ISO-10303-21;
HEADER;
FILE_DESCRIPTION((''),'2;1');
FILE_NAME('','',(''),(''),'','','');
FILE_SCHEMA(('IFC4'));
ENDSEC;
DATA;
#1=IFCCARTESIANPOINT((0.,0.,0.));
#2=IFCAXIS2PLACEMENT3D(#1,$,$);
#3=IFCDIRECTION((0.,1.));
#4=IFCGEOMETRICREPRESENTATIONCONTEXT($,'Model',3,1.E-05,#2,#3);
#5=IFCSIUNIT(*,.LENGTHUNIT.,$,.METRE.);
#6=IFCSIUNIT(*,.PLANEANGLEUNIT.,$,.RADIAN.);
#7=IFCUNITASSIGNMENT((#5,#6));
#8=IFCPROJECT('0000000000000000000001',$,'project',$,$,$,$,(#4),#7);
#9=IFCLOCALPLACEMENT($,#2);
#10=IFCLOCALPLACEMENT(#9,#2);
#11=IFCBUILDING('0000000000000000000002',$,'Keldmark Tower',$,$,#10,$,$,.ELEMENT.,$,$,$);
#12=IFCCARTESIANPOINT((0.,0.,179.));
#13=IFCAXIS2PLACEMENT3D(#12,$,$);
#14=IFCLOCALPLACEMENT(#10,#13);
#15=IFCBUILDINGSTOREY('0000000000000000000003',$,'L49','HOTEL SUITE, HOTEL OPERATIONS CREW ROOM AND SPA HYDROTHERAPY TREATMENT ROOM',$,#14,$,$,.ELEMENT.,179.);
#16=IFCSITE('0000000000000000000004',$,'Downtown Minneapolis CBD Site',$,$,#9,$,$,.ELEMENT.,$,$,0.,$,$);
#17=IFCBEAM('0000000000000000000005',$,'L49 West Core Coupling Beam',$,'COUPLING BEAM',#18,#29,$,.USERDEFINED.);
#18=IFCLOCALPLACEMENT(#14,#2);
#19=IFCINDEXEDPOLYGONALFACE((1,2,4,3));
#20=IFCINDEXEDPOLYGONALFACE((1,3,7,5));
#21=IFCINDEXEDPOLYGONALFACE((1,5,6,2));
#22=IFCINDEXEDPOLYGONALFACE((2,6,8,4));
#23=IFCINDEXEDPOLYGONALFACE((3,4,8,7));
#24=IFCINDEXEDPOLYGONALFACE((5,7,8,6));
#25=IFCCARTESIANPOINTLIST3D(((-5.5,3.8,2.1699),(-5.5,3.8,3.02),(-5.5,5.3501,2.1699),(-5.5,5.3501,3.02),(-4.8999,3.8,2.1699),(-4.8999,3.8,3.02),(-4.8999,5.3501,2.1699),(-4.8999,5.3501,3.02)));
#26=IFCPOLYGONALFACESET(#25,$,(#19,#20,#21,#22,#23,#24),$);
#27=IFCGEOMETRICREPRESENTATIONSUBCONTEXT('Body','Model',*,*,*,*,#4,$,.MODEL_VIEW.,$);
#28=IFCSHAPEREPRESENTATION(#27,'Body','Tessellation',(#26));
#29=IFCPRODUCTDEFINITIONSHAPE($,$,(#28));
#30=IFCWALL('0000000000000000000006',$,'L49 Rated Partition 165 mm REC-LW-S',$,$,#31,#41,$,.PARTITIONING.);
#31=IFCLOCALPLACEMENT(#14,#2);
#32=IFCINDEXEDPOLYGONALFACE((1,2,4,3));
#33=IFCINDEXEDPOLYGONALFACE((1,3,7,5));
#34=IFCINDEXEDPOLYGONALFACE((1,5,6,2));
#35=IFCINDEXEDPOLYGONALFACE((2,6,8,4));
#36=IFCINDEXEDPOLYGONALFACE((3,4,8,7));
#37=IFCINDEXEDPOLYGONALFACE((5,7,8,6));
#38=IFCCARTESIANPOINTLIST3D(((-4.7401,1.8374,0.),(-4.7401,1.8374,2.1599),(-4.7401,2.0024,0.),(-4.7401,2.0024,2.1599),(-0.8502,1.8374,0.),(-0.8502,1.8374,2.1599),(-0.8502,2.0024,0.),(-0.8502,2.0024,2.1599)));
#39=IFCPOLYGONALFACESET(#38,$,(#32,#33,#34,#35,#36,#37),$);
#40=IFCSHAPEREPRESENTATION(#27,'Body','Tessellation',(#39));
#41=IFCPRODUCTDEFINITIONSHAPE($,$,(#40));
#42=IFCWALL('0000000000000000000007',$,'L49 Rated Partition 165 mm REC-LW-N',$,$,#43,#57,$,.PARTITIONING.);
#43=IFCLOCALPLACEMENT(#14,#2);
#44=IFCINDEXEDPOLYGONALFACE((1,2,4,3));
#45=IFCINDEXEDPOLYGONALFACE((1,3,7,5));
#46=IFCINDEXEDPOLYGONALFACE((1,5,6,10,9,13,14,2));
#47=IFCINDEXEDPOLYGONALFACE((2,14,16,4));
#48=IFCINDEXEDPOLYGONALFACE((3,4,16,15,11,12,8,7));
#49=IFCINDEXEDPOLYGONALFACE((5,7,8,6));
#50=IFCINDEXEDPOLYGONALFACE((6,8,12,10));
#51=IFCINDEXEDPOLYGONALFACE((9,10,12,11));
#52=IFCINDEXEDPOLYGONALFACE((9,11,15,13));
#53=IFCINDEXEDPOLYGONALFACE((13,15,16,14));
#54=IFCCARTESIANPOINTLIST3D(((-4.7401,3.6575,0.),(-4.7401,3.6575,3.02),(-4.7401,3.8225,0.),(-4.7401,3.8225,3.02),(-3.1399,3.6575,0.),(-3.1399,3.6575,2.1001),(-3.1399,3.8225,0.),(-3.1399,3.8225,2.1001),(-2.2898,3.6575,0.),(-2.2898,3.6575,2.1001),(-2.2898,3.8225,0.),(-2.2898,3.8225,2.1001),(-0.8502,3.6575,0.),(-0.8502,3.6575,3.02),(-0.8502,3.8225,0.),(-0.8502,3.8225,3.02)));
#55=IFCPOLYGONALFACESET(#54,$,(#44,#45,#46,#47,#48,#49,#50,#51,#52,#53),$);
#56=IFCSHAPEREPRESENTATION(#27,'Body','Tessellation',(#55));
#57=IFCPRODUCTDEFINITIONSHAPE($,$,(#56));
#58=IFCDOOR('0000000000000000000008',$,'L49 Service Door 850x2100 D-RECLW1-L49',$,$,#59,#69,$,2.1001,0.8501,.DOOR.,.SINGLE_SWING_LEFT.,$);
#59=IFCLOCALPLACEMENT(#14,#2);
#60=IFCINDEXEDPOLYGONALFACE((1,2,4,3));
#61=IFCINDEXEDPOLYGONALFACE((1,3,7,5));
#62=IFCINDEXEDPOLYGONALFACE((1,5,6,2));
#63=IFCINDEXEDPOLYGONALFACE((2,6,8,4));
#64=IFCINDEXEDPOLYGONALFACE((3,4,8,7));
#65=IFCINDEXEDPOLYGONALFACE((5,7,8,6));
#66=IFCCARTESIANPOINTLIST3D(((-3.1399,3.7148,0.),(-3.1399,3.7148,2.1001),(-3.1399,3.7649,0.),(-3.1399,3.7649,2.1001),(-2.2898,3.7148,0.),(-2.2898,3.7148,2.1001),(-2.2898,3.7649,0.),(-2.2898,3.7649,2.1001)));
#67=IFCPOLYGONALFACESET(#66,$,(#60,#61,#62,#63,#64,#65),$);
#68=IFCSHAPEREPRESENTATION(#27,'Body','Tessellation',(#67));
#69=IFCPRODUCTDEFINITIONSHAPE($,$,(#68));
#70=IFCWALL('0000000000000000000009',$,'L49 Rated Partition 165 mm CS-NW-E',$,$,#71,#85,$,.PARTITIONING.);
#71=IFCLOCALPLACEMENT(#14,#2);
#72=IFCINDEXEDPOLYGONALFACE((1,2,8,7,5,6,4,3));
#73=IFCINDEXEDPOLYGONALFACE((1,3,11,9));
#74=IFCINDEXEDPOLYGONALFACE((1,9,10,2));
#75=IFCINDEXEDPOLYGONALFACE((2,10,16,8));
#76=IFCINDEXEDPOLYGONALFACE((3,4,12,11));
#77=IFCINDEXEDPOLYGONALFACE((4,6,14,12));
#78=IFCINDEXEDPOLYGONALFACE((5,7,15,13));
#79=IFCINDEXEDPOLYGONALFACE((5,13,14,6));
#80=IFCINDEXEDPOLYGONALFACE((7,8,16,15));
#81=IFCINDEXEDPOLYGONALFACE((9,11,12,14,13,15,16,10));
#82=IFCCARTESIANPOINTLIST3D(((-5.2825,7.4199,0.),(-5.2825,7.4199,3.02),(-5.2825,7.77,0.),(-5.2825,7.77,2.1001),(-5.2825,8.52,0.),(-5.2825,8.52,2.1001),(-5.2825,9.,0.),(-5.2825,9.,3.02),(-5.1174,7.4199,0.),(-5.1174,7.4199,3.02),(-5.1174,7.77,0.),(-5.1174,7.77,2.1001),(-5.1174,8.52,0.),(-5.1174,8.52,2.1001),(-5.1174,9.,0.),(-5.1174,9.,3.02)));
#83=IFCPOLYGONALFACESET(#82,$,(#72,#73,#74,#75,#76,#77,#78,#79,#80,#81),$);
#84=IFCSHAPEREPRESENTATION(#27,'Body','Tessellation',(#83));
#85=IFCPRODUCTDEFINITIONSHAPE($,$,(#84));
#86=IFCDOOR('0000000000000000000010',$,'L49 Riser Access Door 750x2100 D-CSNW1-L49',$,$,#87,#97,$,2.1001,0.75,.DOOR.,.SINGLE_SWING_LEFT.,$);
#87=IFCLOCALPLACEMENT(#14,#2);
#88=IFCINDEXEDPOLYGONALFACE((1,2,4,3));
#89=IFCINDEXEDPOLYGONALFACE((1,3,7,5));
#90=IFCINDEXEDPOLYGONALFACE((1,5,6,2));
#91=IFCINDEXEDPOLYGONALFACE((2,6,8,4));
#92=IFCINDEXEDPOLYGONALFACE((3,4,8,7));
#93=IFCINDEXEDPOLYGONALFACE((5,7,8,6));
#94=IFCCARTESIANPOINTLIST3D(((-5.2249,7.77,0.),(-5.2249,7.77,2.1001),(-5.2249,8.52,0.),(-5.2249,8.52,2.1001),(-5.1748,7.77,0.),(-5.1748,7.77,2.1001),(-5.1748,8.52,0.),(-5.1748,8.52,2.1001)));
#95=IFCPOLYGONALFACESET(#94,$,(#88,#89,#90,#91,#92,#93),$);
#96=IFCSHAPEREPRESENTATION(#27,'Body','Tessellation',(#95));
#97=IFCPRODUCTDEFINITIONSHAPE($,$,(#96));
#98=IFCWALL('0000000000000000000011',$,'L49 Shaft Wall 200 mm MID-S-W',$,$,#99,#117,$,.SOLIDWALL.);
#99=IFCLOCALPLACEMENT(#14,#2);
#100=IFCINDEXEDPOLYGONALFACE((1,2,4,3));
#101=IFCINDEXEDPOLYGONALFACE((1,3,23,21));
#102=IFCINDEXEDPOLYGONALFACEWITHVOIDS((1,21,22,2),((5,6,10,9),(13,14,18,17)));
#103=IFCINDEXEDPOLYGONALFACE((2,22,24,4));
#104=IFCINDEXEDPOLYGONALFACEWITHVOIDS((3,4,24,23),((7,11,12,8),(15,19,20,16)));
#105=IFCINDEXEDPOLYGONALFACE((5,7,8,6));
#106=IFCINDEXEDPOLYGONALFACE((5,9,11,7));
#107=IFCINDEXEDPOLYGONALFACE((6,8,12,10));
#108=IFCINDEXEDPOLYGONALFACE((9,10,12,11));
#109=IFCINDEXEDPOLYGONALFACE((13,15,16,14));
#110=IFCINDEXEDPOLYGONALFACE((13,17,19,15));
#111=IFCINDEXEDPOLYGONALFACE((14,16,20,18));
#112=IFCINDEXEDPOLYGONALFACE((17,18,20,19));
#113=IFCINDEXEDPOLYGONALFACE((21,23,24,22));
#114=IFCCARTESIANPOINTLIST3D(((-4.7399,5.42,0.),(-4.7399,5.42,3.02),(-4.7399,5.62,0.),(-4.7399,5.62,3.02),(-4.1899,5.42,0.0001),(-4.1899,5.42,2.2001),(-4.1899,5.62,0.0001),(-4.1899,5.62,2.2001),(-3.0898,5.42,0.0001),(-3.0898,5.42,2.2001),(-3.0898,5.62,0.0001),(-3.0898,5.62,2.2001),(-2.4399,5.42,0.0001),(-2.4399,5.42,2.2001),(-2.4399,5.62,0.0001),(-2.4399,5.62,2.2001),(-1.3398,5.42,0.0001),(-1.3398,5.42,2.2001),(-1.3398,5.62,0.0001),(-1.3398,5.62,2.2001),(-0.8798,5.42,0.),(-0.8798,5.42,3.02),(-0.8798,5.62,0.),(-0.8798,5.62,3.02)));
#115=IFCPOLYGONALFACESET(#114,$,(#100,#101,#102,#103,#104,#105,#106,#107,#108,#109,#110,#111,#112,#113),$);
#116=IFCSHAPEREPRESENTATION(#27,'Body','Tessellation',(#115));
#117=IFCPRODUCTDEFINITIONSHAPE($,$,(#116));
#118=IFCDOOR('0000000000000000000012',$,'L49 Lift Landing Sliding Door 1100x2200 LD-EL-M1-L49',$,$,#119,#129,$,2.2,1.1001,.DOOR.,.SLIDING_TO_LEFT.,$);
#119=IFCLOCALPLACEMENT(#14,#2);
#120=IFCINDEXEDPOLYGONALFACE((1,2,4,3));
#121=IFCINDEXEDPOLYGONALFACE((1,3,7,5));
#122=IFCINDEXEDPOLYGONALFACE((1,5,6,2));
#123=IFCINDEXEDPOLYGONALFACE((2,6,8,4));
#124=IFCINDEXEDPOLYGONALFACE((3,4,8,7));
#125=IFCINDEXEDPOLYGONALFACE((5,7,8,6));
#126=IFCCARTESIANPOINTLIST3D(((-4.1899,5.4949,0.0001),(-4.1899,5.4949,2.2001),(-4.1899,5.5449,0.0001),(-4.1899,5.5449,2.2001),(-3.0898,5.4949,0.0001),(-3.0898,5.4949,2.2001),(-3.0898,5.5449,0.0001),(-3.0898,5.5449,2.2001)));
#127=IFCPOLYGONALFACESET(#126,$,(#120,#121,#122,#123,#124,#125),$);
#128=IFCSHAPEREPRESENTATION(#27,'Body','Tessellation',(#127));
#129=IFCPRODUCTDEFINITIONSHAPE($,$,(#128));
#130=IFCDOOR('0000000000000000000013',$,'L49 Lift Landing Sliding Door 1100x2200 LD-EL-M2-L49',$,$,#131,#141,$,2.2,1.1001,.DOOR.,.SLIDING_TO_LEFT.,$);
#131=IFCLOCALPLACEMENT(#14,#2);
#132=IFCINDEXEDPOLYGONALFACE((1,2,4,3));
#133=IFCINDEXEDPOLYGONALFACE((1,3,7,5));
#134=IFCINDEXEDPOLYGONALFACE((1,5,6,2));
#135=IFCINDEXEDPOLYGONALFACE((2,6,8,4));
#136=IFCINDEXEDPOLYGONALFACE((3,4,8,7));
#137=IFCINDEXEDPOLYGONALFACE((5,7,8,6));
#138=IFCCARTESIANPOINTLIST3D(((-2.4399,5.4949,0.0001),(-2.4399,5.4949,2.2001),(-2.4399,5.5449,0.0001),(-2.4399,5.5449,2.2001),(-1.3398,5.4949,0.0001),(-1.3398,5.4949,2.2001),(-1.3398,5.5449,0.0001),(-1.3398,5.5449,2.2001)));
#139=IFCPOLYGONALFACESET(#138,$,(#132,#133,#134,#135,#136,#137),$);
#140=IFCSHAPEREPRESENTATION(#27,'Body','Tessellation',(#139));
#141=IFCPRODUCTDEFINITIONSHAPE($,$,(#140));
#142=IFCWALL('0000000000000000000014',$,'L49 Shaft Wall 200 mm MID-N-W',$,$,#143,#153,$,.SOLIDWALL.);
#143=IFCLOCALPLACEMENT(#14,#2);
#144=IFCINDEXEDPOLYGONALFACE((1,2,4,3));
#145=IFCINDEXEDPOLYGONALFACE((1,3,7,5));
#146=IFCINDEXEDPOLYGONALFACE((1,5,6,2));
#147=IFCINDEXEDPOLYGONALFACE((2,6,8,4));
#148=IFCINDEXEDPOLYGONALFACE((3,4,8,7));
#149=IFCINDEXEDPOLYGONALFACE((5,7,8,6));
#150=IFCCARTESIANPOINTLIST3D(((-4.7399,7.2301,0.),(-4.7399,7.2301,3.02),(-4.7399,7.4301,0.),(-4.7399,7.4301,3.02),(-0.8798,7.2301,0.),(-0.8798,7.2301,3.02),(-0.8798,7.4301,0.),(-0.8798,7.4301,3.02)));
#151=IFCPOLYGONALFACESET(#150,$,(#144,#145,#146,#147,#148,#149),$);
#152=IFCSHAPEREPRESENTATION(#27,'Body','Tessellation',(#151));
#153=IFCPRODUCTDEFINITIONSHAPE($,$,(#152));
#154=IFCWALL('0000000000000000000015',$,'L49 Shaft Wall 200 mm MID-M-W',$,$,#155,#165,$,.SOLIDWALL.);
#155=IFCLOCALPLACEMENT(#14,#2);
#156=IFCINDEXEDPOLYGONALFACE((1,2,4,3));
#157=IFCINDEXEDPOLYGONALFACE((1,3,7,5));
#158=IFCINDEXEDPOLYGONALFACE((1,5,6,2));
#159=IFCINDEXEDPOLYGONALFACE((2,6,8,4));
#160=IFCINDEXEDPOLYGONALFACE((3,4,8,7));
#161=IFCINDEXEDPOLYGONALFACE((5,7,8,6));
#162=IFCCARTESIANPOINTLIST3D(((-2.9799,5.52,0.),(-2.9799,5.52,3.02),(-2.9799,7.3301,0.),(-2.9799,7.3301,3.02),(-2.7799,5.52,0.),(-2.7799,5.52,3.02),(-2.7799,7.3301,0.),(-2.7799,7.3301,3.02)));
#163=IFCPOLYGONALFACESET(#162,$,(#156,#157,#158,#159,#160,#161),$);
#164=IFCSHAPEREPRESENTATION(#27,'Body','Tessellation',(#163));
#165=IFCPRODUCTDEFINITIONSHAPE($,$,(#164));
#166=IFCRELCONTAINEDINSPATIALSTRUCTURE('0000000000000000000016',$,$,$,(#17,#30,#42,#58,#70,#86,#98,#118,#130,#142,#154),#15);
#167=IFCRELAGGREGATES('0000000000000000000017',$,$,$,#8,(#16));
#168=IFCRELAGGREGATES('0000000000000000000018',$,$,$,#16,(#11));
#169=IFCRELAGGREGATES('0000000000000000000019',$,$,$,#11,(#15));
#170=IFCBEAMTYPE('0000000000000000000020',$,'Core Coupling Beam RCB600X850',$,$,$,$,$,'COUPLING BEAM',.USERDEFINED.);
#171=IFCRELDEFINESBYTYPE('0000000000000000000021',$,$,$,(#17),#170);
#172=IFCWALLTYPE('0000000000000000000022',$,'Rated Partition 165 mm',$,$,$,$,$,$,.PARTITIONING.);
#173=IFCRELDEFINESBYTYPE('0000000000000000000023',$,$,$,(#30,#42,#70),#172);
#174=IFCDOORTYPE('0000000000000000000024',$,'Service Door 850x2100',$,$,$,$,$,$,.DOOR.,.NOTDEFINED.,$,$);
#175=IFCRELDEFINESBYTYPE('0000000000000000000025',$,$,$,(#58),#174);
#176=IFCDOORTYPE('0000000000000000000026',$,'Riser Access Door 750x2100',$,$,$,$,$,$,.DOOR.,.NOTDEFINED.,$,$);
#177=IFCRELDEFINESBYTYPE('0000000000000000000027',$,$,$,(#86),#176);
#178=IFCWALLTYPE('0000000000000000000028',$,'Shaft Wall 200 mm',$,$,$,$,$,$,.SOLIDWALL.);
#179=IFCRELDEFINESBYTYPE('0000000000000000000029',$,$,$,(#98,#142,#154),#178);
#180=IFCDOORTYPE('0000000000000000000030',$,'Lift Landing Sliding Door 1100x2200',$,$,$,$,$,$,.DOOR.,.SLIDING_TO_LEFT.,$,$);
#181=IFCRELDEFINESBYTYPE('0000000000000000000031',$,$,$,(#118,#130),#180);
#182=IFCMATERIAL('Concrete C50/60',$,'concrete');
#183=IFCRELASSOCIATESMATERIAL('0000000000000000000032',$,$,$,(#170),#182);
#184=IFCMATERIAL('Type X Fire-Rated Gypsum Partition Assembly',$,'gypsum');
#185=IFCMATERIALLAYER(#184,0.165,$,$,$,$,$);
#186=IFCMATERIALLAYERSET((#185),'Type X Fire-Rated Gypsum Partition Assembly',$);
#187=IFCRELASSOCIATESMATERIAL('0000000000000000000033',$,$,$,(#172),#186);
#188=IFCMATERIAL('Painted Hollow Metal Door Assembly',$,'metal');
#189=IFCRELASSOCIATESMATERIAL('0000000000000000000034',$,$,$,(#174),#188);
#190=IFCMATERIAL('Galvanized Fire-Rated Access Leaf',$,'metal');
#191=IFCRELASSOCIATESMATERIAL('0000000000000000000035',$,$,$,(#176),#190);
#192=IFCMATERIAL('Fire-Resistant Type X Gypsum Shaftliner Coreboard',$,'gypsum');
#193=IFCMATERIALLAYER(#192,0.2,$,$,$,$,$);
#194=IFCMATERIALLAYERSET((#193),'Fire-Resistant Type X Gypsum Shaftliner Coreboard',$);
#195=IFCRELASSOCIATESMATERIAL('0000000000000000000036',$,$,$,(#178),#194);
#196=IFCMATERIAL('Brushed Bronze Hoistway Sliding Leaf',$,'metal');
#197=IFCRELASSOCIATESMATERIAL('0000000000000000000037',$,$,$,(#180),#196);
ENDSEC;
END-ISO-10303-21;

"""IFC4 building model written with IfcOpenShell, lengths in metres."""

from ifc_helpers import new_model, si_unit, direction, frame, frame_2d, origin, origin_2d, place, context, subcontext, project, spatial, rectangle, extrude, material, layer, layer_set, material_profile, profile_set, type_object, element, fill, save


model = new_model("IFC4")

# Units and contexts
model_context = context("Model", 3, precision=1e-05, world=origin(), true_north=direction((0.0, 1.0)))
body_context = subcontext(model_context, "Body", "Model", "MODEL_VIEW")
ifc_project = project(units=[si_unit("LENGTHUNIT", "METRE"), si_unit("PLANEANGLEUNIT", "RADIAN")], contexts=[model_context])

# Site, building, storey
site_placement = place(None, origin())
site = spatial("IfcSite", under=ifc_project, at=site_placement, Name="Downtown Minneapolis CBD Site", CompositionType="ELEMENT", RefElevation=0.0)
building_placement = place(site_placement, origin())
building = spatial("IfcBuilding", under=site, at=building_placement, Name="Keldmark Tower", CompositionType="ELEMENT")
storey_placement = place(building_placement, frame((0.0, 0.0, 179.0)))
storey = spatial("IfcBuildingStorey", under=building, at=storey_placement, Name="L49", Description="HOTEL SUITE, HOTEL OPERATIONS CREW ROOM AND SPA HYDROTHERAPY TREATMENT ROOM", CompositionType="ELEMENT", Elevation=179.0)

# Beam
ifc_material_1 = material(Name="Concrete C50/60", Category="concrete")
ifc_material_profile = material_profile(ifc_material_1, rectangle(XDim=0.6001, YDim=0.8501, at=origin_2d()), Name="RCB600X850")
ifc_profile_set = profile_set([ifc_material_profile], Name="Concrete C50/60")
beam_type = type_object("IfcBeamType", Name="Core Coupling Beam RCB600X850", ElementType="COUPLING BEAM", PredefinedType="USERDEFINED", material=ifc_profile_set)
beam_placement = place(storey_placement, frame((-5.2, 3.8, 2.595), z_axis=(0.0, 1.0, 0.0), x_axis=(-1.0, 0.0, 0.0)))
element("IfcBeam", 1, at=beam_placement, inside=storey, type_object=beam_type, Name="L49 West Core Coupling Beam", ObjectType="COUPLING BEAM", PredefinedType="USERDEFINED", context=body_context, shape_type="SweptSolid", body=[
    extrude(rectangle(XDim=0.6001, YDim=0.8501, at=origin_2d()), origin(), (0.0, 0.0, 1.0), 1.55),
])

# Wall
ifc_material_2 = material(Name="Type X Fire-Rated Gypsum Partition Assembly", Category="gypsum")
ifc_layer_1 = layer(ifc_material_2, 0.165)
ifc_layer_set_1 = layer_set([ifc_layer_1], Name="Type X Fire-Rated Gypsum Partition Assembly")
wall_type_1 = type_object("IfcWallType", Name="Rated Partition 165 mm", PredefinedType="PARTITIONING", material=ifc_layer_set_1)
wall_1_placement = place(storey_placement, frame((-4.74, 1.9199, 0.0), z_axis=(0.0, 0.0, 1.0), x_axis=(1.0, 0.0, 0.0)))
element("IfcWall", 2, at=wall_1_placement, inside=storey, type_object=wall_type_1, Name="L49 Rated Partition 165 mm REC-LW-S", PredefinedType="PARTITIONING", context=body_context, shape_type="SweptSolid", body=[
    extrude(rectangle(XDim=3.8899, YDim=0.165, at=frame_2d((1.9448, 0.0))), origin(), (0.0, 0.0, 1.0), 2.1599),
])

# Walls, openings, doors
wall_2_placement = place(storey_placement, frame((-4.74, 3.74, 0.0), z_axis=(0.0, 0.0, 1.0), x_axis=(1.0, 0.0, 0.0)))
wall_2 = element("IfcWall", 3, at=wall_2_placement, inside=storey, type_object=wall_type_1, Name="L49 Rated Partition 165 mm REC-LW-N", PredefinedType="PARTITIONING", context=body_context, shape_type="SweptSolid", body=[
    extrude(rectangle(XDim=3.8899, YDim=0.165, at=frame_2d((1.9448, 0.0))), origin(), (0.0, 0.0, 1.0), 3.02),
])
opening_1_placement = place(wall_2_placement, frame((1.6001, 0.0, 0.0)))
opening_1 = element("IfcOpeningElement", 4, at=opening_1_placement, cuts=wall_2, PredefinedType="OPENING", context=body_context, shape_type="SweptSolid", body=[
    extrude(rectangle(XDim=0.8501, YDim=2.1001, at=frame_2d((0.425, 1.05))), frame((0.0, 0.0925, 0.0), z_axis=(0.0, -1.0, 0.0), x_axis=(1.0, 0.0, 0.0)), (0.0, 0.0, 1.0), 0.1851),
])
ifc_material_3 = material(Name="Painted Hollow Metal Door Assembly", Category="metal")
door_type_1 = type_object("IfcDoorType", Name="Service Door 850x2100", OperationType="NOTDEFINED", PredefinedType="DOOR", material=ifc_material_3)
door_1_placement = place(opening_1_placement, origin())
door_1 = element("IfcDoor", 5, at=door_1_placement, inside=storey, type_object=door_type_1, Name="L49 Service Door 850x2100 D-RECLW1-L49", OperationType="SINGLE_SWING_LEFT", OverallHeight=2.1001, OverallWidth=0.8501, PredefinedType="DOOR", context=body_context, shape_type="SweptSolid", body=[
    extrude(rectangle(XDim=0.8501, YDim=2.1001, at=frame_2d((0.425, 1.05))), frame((0.0, 0.0249, 0.0), z_axis=(0.0, -1.0, 0.0), x_axis=(1.0, 0.0, 0.0)), (0.0, 0.0, 1.0), 0.05),
])
fill(opening_1, door_1)
wall_3_placement = place(storey_placement, frame((-5.2, 7.4199, 0.0), z_axis=(0.0, 0.0, 1.0), x_axis=(0.0, 1.0, 0.0)))
wall_3 = element("IfcWall", 6, at=wall_3_placement, inside=storey, type_object=wall_type_1, Name="L49 Rated Partition 165 mm CS-NW-E", PredefinedType="PARTITIONING", context=body_context, shape_type="SweptSolid", body=[
    extrude(rectangle(XDim=1.5801, YDim=0.165, at=frame_2d((0.79, 0.0))), origin(), (0.0, 0.0, 1.0), 3.02),
])
opening_2_placement = place(wall_3_placement, frame((0.3501, 0.0, 0.0)))
opening_2 = element("IfcOpeningElement", 7, at=opening_2_placement, cuts=wall_3, PredefinedType="OPENING", context=body_context, shape_type="SweptSolid", body=[
    extrude(rectangle(XDim=0.75, YDim=2.1001, at=frame_2d((0.375, 1.05))), frame((0.0, 0.0925, 0.0), z_axis=(0.0, -1.0, 0.0), x_axis=(1.0, 0.0, 0.0)), (0.0, 0.0, 1.0), 0.1851),
])
ifc_material_4 = material(Name="Galvanized Fire-Rated Access Leaf", Category="metal")
door_type_2 = type_object("IfcDoorType", Name="Riser Access Door 750x2100", OperationType="NOTDEFINED", PredefinedType="DOOR", material=ifc_material_4)
door_2_placement = place(opening_2_placement, origin())
door_2 = element("IfcDoor", 8, at=door_2_placement, inside=storey, type_object=door_type_2, Name="L49 Riser Access Door 750x2100 D-CSNW1-L49", OperationType="SINGLE_SWING_LEFT", OverallHeight=2.1001, OverallWidth=0.75, PredefinedType="DOOR", context=body_context, shape_type="SweptSolid", body=[
    extrude(rectangle(XDim=0.75, YDim=2.1001, at=frame_2d((0.375, 1.05))), frame((0.0, 0.0249, 0.0), z_axis=(0.0, -1.0, 0.0), x_axis=(1.0, 0.0, 0.0)), (0.0, 0.0, 1.0), 0.05),
])
fill(opening_2, door_2)

# Wall, openings, doors
ifc_material_5 = material(Name="Fire-Resistant Type X Gypsum Shaftliner Coreboard", Category="gypsum")
ifc_layer_2 = layer(ifc_material_5, 0.2)
ifc_layer_set_2 = layer_set([ifc_layer_2], Name="Fire-Resistant Type X Gypsum Shaftliner Coreboard")
wall_type_2 = type_object("IfcWallType", Name="Shaft Wall 200 mm", PredefinedType="SOLIDWALL", material=ifc_layer_set_2)
wall_4_placement = place(storey_placement, frame((-4.74, 5.52, 0.0), z_axis=(0.0, 0.0, 1.0), x_axis=(1.0, 0.0, 0.0)))
wall_4 = element("IfcWall", 9, at=wall_4_placement, inside=storey, type_object=wall_type_2, Name="L49 Shaft Wall 200 mm MID-S-W", PredefinedType="SOLIDWALL", context=body_context, shape_type="SweptSolid", body=[
    extrude(rectangle(XDim=3.8601, YDim=0.2, at=frame_2d((1.9302, 0.0))), origin(), (0.0, 0.0, 1.0), 3.02),
])
opening_3_placement = place(wall_4_placement, frame((0.55, 0.0, 0.0)))
opening_3 = element("IfcOpeningElement", 10, at=opening_3_placement, cuts=wall_4, PredefinedType="OPENING", context=body_context, shape_type="SweptSolid", body=[
    extrude(rectangle(XDim=1.1001, YDim=2.2, at=frame_2d((0.55, 1.1001))), frame((0.0, 0.1099, 0.0), z_axis=(0.0, -1.0, 0.0), x_axis=(1.0, 0.0, 0.0)), (0.0, 0.0, 1.0), 0.22),
])
opening_4_placement = place(wall_4_placement, frame((2.3, 0.0, 0.0)))
opening_4 = element("IfcOpeningElement", 11, at=opening_4_placement, cuts=wall_4, PredefinedType="OPENING", context=body_context, shape_type="SweptSolid", body=[
    extrude(rectangle(XDim=1.1001, YDim=2.2, at=frame_2d((0.55, 1.1001))), frame((0.0, 0.1099, 0.0), z_axis=(0.0, -1.0, 0.0), x_axis=(1.0, 0.0, 0.0)), (0.0, 0.0, 1.0), 0.22),
])
ifc_material_6 = material(Name="Brushed Bronze Hoistway Sliding Leaf", Category="metal")
door_type_3 = type_object("IfcDoorType", Name="Lift Landing Sliding Door 1100x2200", OperationType="SLIDING_TO_LEFT", PredefinedType="DOOR", material=ifc_material_6)
door_3_placement = place(opening_3_placement, origin())
door_3 = element("IfcDoor", 12, at=door_3_placement, inside=storey, type_object=door_type_3, Name="L49 Lift Landing Sliding Door 1100x2200 LD-EL-M1-L49", OperationType="SLIDING_TO_LEFT", OverallHeight=2.2, OverallWidth=1.1001, PredefinedType="DOOR", context=body_context, shape_type="SweptSolid", body=[
    extrude(rectangle(XDim=1.1001, YDim=2.2, at=frame_2d((0.55, 1.1001))), frame((0.0, 0.0249, 0.0), z_axis=(0.0, -1.0, 0.0), x_axis=(1.0, 0.0, 0.0)), (0.0, 0.0, 1.0), 0.05),
])
fill(opening_3, door_3)
door_4_placement = place(opening_4_placement, origin())
door_4 = element("IfcDoor", 13, at=door_4_placement, inside=storey, type_object=door_type_3, Name="L49 Lift Landing Sliding Door 1100x2200 LD-EL-M2-L49", OperationType="SLIDING_TO_LEFT", OverallHeight=2.2, OverallWidth=1.1001, PredefinedType="DOOR", context=body_context, shape_type="SweptSolid", body=[
    extrude(rectangle(XDim=1.1001, YDim=2.2, at=frame_2d((0.55, 1.1001))), frame((0.0, 0.0249, 0.0), z_axis=(0.0, -1.0, 0.0), x_axis=(1.0, 0.0, 0.0)), (0.0, 0.0, 1.0), 0.05),
])
fill(opening_4, door_4)

# Walls
wall_5_placement = place(storey_placement, frame((-4.74, 7.3301, 0.0), z_axis=(0.0, 0.0, 1.0), x_axis=(1.0, 0.0, 0.0)))
element("IfcWall", 14, at=wall_5_placement, inside=storey, type_object=wall_type_2, Name="L49 Shaft Wall 200 mm MID-N-W", PredefinedType="SOLIDWALL", context=body_context, shape_type="SweptSolid", body=[
    extrude(rectangle(XDim=3.8601, YDim=0.2, at=frame_2d((1.9302, 0.0))), origin(), (0.0, 0.0, 1.0), 3.02),
])
for number, where, z_axis, x_axis, name in (
    (15, (-2.8799, 5.52, 0.0), (0.0, 0.0, 1.0), (0.0, 1.0, 0.0), "L49 Shaft Wall 200 mm MID-M-W"),
):
    element("IfcWall", number, at=place(storey_placement, frame(where, z_axis=z_axis, x_axis=x_axis)), inside=storey, type_object=wall_type_2, Name=name, PredefinedType="SOLIDWALL", context=body_context, shape_type="SweptSolid", body=[
        extrude(rectangle(XDim=1.8101, YDim=0.2, at=frame_2d((0.905, 0.0))), origin(), (0.0, 0.0, 1.0), 3.02),
    ])

save(model, "model.ifc")
